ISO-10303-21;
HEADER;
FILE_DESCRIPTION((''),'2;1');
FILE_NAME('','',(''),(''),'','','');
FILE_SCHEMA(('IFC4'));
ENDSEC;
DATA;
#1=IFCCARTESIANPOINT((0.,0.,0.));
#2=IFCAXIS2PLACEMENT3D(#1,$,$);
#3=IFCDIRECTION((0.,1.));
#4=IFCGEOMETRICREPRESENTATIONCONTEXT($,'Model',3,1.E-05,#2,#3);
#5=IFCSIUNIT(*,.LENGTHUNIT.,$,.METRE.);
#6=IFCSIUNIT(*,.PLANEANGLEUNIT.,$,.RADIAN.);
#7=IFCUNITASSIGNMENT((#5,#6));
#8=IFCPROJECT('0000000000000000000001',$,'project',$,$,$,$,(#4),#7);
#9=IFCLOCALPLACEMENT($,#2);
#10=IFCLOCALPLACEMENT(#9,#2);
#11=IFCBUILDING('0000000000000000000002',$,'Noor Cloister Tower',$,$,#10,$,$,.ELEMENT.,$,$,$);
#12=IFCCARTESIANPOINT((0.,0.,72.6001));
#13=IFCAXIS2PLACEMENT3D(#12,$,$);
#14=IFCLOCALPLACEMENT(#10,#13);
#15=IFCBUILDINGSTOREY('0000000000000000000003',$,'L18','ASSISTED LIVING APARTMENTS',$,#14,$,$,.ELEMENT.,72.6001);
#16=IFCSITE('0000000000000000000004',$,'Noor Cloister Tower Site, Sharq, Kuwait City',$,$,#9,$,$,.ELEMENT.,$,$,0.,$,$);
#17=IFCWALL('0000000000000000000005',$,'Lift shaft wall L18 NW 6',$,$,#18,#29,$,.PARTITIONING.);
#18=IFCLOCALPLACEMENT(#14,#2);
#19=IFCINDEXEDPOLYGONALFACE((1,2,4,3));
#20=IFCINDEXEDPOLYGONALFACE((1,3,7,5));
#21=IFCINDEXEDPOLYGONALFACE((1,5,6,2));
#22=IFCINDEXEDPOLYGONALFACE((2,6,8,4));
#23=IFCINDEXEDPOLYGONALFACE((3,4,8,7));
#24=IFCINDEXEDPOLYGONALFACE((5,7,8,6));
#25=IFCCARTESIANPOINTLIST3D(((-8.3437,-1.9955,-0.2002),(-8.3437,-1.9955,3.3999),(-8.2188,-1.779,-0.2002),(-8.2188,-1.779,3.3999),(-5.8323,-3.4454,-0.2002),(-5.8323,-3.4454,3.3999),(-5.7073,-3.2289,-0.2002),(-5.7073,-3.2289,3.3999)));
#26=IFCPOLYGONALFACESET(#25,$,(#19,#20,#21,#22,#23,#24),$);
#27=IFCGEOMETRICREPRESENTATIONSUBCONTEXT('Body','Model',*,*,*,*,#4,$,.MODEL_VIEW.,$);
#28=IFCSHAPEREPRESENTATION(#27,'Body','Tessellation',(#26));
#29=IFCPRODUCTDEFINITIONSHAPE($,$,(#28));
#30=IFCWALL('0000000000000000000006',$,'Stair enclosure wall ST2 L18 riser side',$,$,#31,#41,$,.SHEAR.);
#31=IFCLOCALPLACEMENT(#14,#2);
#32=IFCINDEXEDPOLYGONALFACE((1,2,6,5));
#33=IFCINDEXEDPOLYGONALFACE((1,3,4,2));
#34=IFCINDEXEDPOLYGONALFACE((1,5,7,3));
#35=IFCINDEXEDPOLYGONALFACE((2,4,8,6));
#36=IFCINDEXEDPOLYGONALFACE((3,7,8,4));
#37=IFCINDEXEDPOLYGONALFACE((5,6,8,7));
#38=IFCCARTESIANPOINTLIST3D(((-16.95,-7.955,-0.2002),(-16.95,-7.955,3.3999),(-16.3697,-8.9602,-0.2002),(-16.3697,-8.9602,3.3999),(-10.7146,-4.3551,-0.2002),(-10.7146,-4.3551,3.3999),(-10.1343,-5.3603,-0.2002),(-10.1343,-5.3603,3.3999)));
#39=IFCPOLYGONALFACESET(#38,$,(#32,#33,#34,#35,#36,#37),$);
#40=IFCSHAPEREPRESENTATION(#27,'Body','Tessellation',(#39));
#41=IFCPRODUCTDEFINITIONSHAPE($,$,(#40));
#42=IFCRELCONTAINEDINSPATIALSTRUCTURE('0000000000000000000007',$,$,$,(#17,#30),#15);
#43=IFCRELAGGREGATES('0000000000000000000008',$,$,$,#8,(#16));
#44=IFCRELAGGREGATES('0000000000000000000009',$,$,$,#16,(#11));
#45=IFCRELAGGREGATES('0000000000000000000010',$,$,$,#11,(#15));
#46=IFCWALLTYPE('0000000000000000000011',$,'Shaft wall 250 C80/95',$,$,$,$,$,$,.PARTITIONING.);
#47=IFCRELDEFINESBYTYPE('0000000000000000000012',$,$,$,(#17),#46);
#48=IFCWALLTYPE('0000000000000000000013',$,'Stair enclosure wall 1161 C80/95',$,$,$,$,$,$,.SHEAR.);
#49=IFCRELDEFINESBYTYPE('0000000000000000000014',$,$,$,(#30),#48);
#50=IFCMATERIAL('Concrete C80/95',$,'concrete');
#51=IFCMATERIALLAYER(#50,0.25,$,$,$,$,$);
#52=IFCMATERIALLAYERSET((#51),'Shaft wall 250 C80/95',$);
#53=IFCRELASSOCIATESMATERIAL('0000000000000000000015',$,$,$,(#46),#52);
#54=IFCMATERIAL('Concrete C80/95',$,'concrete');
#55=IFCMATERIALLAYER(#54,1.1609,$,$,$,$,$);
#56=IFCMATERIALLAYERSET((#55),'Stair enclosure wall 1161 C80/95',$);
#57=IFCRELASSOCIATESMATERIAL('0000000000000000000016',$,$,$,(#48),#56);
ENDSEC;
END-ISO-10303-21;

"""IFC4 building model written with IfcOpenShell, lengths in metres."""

from ifc_helpers import new_model, si_unit, direction, frame, frame_2d, origin, place, context, subcontext, project, spatial, rectangle, extrude, material, layer, layer_set, type_object, element, save


model = new_model("IFC4")

# Units and contexts
model_context = context("Model", 3, precision=1e-05, world=origin(), true_north=direction((0.0, 1.0)))
body_context = subcontext(model_context, "Body", "Model", "MODEL_VIEW")
ifc_project = project(units=[si_unit("LENGTHUNIT", "METRE"), si_unit("PLANEANGLEUNIT", "RADIAN")], contexts=[model_context])

# Site, building, storey
site_placement = place(None, origin())
site = spatial("IfcSite", under=ifc_project, at=site_placement, Name="Noor Cloister Tower Site, Sharq, Kuwait City", CompositionType="ELEMENT", RefElevation=0.0)
building_placement = place(site_placement, origin())
building = spatial("IfcBuilding", under=site, at=building_placement, Name="Noor Cloister Tower", CompositionType="ELEMENT")
storey_placement = place(building_placement, frame((0.0, 0.0, 72.6001)))
storey = spatial("IfcBuildingStorey", under=building, at=storey_placement, Name="L18", Description="ASSISTED LIVING APARTMENTS", CompositionType="ELEMENT", Elevation=72.6001)

# Walls
ifc_material_1 = material(Name="Concrete C80/95", Category="concrete")
ifc_layer_1 = layer(ifc_material_1, 0.25)
ifc_layer_set_1 = layer_set([ifc_layer_1], Name="Shaft wall 250 C80/95")
wall_type_1 = type_object("IfcWallType", Name="Shaft wall 250 C80/95", PredefinedType="PARTITIONING", material=ifc_layer_set_1)
wall_1_placement = place(storey_placement, frame((-8.2812, -1.8872, -0.2002), z_axis=(0.0, 0.0, 1.0), x_axis=(0.866033, -0.499987, 0.0)))
element("IfcWall", 1, at=wall_1_placement, inside=storey, type_object=wall_type_1, Name="Lift shaft wall L18 NW 6", PredefinedType="PARTITIONING", context=body_context, shape_type="SweptSolid", body=[
    extrude(rectangle(XDim=2.8999, YDim=0.25, at=frame_2d((1.45, 0.0))), origin(), (0.0, 0.0, 1.0), 3.6001),
])
ifc_material_2 = material(Name="Concrete C80/95", Category="concrete")
ifc_layer_2 = layer(ifc_material_2, 1.1609)
ifc_layer_set_2 = layer_set([ifc_layer_2], Name="Stair enclosure wall 1161 C80/95")
wall_type_2 = type_object("IfcWallType", Name="Stair enclosure wall 1161 C80/95", PredefinedType="SHEAR", material=ifc_layer_set_2)
wall_2_placement = place(storey_placement, frame((-10.4243, -4.8577, -0.2002), z_axis=(0.0, 0.0, 1.0), x_axis=(-0.866033, -0.499987, 0.0)))
element("IfcWall", 2, at=wall_2_placement, inside=storey, type_object=wall_type_2, Name="Stair enclosure wall ST2 L18 riser side", PredefinedType="SHEAR", context=body_context, shape_type="SweptSolid", body=[
    extrude(rectangle(XDim=7.2, YDim=1.1606, at=frame_2d((3.6001, 0.0))), origin(), (0.0, 0.0, 1.0), 3.6001),
])

save(model, "model.ifc")
